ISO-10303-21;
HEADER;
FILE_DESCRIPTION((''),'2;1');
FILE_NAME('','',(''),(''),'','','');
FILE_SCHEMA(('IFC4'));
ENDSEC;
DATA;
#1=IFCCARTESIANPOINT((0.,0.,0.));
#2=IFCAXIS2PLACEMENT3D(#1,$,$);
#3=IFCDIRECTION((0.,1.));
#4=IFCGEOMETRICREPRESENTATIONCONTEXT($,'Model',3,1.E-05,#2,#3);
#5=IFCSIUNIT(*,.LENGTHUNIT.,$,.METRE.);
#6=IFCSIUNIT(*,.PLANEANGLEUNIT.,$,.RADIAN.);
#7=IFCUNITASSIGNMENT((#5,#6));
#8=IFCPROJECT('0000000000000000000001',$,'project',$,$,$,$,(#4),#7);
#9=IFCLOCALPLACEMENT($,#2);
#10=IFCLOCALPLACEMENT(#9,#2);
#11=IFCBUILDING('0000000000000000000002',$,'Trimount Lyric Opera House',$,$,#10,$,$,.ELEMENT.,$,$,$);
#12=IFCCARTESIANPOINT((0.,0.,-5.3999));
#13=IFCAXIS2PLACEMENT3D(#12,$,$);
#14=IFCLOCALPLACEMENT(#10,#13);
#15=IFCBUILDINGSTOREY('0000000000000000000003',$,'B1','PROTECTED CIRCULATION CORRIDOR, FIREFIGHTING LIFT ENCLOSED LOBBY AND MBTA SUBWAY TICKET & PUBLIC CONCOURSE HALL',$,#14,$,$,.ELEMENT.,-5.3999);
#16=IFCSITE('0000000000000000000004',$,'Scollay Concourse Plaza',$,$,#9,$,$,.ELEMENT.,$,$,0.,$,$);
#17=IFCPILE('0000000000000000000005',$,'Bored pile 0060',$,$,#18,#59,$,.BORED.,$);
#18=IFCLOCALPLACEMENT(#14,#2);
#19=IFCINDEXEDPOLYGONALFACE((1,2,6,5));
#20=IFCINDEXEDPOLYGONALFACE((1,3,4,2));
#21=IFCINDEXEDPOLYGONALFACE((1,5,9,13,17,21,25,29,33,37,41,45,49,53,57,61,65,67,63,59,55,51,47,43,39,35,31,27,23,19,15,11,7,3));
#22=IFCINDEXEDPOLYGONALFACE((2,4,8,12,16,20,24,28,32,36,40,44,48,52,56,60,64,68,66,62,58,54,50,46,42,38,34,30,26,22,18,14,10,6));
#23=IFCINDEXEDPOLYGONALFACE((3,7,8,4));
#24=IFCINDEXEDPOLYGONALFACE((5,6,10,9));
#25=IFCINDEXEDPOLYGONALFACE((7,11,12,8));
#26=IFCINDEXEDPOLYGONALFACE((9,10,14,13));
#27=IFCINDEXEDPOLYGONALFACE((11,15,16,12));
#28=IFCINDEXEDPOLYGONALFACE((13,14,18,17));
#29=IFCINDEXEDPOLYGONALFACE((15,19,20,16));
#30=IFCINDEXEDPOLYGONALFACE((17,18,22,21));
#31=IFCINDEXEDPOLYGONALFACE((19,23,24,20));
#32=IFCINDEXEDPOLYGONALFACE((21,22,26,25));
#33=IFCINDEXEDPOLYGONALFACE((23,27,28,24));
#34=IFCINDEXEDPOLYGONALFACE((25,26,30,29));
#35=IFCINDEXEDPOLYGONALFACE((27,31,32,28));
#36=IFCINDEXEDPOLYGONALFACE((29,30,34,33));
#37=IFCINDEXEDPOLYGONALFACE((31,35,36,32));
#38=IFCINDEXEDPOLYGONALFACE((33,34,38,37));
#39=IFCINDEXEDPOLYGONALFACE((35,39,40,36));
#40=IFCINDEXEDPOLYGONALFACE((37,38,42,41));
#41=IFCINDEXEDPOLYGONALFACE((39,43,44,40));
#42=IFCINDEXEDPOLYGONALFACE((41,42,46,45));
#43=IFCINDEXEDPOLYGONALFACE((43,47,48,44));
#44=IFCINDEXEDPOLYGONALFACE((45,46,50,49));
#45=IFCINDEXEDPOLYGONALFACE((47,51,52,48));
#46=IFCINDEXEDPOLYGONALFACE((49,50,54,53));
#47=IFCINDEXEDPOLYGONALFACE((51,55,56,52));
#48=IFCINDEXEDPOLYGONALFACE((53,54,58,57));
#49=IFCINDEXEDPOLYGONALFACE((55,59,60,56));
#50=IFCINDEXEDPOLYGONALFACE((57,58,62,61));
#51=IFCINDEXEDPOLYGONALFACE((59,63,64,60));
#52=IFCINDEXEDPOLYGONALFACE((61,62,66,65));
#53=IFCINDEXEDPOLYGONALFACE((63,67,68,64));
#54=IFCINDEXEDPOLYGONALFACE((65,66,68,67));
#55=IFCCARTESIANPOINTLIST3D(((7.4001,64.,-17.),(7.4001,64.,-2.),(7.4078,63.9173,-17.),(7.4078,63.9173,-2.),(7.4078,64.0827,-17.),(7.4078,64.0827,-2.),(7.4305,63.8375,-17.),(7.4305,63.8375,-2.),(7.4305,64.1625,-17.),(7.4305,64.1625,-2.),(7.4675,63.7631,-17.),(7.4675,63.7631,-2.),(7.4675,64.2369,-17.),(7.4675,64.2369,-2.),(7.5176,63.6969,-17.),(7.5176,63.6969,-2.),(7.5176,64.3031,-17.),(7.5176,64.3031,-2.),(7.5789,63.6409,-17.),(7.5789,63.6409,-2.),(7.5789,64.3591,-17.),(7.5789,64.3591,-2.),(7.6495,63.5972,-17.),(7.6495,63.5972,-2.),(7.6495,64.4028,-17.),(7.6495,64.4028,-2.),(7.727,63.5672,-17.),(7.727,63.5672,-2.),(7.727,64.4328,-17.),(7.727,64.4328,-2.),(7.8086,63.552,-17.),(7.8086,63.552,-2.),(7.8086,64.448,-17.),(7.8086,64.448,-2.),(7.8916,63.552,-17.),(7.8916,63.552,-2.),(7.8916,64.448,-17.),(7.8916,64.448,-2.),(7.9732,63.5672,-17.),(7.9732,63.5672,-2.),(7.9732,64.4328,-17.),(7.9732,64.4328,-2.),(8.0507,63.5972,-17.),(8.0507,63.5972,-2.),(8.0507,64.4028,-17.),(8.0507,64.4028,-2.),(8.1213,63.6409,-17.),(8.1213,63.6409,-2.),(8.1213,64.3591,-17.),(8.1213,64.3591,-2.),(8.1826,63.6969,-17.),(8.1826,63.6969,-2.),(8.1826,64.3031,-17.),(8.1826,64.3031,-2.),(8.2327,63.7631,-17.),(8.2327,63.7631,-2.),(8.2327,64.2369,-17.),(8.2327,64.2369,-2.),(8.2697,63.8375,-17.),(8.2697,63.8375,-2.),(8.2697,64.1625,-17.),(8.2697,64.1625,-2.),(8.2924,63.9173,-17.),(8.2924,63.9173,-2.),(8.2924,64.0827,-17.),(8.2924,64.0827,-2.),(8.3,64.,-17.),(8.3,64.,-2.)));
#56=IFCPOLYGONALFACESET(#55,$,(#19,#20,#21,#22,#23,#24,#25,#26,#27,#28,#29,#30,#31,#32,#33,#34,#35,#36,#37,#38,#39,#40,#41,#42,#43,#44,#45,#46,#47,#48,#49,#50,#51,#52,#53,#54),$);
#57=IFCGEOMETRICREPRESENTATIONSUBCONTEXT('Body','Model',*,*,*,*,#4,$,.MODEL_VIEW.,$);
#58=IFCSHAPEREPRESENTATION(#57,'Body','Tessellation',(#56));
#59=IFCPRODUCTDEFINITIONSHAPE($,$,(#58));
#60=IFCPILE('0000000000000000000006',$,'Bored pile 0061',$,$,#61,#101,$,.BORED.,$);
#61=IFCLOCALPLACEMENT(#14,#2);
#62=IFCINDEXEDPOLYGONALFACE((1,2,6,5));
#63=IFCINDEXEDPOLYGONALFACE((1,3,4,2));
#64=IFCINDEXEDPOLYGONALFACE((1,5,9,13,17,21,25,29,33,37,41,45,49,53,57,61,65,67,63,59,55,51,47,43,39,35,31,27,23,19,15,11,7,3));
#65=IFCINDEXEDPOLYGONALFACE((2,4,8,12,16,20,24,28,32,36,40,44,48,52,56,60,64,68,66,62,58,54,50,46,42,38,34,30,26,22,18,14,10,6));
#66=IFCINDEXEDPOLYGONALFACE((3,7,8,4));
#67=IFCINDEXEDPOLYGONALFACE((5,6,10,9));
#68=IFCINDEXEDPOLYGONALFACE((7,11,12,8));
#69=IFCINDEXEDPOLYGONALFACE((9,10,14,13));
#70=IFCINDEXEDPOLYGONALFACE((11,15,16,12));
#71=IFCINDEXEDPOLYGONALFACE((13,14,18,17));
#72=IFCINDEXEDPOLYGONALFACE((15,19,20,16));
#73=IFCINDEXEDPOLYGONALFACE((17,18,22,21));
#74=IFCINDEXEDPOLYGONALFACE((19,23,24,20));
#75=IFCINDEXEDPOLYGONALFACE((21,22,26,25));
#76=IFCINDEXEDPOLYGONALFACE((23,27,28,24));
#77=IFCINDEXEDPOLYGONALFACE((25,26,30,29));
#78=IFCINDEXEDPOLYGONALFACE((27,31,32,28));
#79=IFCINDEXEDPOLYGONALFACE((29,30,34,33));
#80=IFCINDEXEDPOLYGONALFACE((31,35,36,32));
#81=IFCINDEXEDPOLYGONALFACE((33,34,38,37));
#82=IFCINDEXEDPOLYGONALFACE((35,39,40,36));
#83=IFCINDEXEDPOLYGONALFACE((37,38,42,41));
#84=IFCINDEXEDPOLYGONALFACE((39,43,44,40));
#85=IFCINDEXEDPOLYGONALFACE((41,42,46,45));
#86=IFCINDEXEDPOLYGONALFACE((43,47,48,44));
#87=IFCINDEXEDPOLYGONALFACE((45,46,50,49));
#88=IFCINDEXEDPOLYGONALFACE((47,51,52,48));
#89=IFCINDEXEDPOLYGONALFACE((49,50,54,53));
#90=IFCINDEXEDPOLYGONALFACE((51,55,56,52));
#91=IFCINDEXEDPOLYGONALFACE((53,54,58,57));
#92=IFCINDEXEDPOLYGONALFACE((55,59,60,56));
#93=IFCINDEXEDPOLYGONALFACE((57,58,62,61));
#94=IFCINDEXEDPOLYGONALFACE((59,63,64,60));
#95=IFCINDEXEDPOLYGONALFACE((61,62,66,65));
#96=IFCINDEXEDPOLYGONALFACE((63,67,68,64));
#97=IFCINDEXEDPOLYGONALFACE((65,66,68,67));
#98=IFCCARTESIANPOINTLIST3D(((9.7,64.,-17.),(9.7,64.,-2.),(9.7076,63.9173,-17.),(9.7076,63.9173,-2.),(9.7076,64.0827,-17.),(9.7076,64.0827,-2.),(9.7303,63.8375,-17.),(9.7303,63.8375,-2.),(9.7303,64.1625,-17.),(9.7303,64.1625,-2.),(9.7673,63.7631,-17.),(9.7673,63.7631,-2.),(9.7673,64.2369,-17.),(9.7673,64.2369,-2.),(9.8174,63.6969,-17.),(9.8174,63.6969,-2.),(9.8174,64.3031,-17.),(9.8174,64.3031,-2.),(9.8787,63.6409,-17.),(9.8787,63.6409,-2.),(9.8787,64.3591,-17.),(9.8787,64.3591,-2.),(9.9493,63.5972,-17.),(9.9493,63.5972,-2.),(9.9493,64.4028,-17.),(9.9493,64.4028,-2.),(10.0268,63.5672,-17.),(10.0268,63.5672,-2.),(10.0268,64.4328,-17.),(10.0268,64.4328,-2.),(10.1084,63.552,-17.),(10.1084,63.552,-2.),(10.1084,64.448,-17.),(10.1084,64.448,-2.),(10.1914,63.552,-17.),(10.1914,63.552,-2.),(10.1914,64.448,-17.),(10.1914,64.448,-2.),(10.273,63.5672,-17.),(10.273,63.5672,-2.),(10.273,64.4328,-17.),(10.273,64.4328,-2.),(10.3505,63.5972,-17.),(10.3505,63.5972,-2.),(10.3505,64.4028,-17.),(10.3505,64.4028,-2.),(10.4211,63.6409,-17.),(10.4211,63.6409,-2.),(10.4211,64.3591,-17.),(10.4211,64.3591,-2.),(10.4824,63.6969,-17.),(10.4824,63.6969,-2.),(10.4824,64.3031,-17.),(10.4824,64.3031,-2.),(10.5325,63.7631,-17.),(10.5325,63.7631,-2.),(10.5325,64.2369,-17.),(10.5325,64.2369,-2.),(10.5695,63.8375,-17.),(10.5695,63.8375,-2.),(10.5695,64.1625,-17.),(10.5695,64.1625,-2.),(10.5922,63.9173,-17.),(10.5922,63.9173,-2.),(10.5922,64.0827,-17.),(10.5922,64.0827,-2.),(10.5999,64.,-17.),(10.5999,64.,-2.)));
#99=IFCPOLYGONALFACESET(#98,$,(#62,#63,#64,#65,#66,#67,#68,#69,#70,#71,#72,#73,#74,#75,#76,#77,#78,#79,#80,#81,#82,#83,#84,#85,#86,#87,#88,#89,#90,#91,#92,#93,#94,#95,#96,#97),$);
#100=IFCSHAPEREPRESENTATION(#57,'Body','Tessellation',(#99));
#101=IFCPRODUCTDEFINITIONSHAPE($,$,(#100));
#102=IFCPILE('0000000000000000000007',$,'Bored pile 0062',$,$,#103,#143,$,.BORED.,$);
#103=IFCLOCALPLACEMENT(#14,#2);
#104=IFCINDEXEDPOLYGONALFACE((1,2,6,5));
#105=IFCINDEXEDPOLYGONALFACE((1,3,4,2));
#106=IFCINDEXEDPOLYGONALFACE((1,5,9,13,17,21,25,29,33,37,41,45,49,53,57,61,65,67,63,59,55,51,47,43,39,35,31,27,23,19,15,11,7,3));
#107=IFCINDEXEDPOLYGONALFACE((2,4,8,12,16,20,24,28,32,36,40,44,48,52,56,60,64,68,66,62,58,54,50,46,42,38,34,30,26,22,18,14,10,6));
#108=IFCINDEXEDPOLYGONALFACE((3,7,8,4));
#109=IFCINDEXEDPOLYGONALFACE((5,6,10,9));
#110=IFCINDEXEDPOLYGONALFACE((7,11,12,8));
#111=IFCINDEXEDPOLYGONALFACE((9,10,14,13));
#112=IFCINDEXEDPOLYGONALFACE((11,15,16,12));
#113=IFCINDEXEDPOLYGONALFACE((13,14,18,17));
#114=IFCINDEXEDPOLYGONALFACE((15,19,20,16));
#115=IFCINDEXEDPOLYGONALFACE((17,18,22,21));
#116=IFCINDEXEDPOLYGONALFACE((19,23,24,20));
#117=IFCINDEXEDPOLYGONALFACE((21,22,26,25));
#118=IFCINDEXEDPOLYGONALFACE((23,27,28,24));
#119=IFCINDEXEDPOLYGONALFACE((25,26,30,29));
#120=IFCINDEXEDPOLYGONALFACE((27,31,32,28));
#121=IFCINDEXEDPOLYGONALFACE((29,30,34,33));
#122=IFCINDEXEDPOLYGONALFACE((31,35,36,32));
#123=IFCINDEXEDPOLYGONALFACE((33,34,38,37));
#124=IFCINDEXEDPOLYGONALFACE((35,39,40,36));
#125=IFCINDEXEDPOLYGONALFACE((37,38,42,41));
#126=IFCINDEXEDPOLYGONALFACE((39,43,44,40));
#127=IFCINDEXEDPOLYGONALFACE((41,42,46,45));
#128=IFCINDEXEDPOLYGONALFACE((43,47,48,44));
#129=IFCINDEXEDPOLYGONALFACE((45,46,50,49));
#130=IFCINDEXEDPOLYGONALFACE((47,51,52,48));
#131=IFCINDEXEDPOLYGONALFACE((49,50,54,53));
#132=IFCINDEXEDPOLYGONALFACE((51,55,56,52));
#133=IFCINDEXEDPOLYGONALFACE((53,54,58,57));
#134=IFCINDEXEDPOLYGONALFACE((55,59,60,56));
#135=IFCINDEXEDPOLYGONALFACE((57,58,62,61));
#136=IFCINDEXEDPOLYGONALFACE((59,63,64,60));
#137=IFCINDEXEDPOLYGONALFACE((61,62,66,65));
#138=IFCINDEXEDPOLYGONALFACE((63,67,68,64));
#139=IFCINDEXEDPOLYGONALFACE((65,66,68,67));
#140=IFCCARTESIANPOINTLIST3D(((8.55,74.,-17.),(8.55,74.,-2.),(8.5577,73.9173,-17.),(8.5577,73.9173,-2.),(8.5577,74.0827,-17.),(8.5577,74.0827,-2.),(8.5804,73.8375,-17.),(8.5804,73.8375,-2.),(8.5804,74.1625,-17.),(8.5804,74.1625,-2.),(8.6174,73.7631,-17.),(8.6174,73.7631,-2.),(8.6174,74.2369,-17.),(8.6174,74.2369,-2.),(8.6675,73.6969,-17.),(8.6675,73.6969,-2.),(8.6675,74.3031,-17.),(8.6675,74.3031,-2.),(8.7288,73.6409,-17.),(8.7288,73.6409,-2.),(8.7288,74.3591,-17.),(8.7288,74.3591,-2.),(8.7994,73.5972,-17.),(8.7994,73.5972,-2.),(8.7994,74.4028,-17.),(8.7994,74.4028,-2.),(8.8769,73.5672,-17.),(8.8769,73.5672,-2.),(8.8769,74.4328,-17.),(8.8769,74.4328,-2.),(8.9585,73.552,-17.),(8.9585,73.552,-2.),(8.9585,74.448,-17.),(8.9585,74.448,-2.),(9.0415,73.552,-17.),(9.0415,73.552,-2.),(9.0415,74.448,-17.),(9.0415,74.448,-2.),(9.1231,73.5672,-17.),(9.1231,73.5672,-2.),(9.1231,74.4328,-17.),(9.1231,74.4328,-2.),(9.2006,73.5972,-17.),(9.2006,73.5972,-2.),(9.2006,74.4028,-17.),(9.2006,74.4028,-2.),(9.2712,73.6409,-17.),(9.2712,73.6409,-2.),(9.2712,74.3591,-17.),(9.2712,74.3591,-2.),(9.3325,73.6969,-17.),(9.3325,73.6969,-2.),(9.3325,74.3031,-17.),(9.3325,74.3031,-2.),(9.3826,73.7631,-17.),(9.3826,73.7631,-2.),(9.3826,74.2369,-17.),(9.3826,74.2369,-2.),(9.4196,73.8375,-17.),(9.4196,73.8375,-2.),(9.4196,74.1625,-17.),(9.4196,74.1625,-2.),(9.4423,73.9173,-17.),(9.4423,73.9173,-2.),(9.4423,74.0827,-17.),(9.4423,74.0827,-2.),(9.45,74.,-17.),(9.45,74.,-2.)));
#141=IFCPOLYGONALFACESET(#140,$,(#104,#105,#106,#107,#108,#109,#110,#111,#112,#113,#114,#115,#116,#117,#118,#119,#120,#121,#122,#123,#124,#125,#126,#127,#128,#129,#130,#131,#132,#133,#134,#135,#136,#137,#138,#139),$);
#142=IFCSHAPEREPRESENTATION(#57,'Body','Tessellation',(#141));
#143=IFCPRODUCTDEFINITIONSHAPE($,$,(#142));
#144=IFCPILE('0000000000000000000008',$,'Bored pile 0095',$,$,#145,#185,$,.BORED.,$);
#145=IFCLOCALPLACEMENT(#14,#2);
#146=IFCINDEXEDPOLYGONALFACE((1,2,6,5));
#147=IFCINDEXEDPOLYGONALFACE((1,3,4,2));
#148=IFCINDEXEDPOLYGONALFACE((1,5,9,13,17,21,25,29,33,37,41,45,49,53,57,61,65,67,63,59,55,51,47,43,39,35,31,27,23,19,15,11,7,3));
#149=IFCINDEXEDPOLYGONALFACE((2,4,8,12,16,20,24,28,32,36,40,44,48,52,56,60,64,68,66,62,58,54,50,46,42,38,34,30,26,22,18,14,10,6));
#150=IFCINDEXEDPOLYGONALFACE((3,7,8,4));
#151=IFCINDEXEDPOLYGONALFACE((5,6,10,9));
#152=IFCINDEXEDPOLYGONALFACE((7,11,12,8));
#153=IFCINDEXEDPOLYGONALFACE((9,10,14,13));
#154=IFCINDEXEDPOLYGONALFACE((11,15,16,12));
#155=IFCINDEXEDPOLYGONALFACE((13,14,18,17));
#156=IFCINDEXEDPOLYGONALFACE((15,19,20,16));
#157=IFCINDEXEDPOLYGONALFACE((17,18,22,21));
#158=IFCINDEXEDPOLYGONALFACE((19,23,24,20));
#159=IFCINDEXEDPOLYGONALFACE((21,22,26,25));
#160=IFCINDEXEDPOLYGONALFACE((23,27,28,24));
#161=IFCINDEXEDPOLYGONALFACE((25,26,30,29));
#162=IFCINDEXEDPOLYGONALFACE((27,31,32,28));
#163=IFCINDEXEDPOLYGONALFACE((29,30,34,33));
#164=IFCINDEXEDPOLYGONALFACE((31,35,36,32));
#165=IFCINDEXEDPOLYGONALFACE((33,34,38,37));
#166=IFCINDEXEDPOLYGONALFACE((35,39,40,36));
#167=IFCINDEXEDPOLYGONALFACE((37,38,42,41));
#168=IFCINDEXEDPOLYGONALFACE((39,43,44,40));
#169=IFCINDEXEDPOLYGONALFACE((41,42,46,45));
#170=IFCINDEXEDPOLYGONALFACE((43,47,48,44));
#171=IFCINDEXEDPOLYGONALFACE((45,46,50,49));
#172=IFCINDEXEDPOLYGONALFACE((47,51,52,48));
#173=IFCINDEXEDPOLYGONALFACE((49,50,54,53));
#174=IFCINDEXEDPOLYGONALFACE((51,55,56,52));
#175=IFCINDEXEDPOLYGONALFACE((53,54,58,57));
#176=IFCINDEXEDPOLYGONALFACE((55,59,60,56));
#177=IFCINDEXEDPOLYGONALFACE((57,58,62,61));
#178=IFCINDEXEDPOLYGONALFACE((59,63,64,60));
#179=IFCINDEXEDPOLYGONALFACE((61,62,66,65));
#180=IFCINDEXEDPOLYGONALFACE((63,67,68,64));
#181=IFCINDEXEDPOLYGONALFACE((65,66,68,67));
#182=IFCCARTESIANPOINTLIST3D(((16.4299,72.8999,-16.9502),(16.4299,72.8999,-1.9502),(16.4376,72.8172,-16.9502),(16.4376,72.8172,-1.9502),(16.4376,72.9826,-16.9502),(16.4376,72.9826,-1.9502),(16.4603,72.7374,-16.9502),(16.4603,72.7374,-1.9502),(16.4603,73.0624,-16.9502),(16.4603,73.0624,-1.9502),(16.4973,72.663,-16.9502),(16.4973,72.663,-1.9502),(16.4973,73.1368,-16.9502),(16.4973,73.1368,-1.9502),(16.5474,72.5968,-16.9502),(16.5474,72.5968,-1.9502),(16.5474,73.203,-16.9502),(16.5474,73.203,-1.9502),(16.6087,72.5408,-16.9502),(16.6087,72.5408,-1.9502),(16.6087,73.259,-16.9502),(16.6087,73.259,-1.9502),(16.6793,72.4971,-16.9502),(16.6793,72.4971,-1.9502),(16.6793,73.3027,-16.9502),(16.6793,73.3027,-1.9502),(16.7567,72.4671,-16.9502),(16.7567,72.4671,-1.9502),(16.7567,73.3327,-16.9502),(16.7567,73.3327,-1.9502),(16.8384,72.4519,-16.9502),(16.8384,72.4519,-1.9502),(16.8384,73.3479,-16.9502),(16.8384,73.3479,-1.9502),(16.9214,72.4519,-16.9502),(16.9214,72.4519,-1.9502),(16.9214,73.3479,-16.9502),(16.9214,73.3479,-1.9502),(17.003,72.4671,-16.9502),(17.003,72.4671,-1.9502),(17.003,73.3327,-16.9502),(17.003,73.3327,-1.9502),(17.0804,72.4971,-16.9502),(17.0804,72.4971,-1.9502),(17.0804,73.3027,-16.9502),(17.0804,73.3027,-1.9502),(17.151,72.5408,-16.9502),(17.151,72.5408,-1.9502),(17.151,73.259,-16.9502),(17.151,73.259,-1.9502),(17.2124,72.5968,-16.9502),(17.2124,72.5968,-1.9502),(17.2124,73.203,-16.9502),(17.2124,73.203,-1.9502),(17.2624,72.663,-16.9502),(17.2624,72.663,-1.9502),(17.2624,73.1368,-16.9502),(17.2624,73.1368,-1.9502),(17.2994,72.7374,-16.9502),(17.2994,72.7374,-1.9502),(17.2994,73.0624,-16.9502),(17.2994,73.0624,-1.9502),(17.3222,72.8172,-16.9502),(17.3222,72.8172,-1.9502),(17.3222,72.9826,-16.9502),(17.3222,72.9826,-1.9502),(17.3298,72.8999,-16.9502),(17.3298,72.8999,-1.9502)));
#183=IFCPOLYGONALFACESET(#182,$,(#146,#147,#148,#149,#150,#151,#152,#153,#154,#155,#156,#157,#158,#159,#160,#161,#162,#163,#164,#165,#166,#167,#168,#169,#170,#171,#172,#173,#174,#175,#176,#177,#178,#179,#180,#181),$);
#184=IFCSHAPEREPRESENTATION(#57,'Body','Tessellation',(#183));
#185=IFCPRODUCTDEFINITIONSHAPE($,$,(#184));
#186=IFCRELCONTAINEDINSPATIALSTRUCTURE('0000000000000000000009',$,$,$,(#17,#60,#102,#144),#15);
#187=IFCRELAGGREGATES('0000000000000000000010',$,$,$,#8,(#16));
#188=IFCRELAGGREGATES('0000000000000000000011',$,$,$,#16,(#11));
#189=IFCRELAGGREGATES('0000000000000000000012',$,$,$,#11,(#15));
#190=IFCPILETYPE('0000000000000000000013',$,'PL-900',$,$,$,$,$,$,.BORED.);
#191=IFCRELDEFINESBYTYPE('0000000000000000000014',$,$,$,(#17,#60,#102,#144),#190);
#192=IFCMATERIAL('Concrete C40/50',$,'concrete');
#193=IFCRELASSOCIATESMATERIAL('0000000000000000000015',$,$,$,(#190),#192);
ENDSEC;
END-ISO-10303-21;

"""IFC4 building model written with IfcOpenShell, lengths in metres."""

from ifc_helpers import new_model, si_unit, direction, frame, origin, origin_2d, place, context, subcontext, project, spatial, circle, extrude, material, material_profile, profile_set, type_object, element, save


model = new_model("IFC4")

# Units and contexts
model_context = context("Model", 3, precision=1e-05, world=origin(), true_north=direction((0.0, 1.0)))
body_context = subcontext(model_context, "Body", "Model", "MODEL_VIEW")
ifc_project = project(units=[si_unit("LENGTHUNIT", "METRE"), si_unit("PLANEANGLEUNIT", "RADIAN")], contexts=[model_context])

# Site, building, storey
site_placement = place(None, origin())
site = spatial("IfcSite", under=ifc_project, at=site_placement, Name="Scollay Concourse Plaza", CompositionType="ELEMENT", RefElevation=0.0)
building_placement = place(site_placement, origin())
building = spatial("IfcBuilding", under=site, at=building_placement, Name="Trimount Lyric Opera House", CompositionType="ELEMENT")
storey_placement = place(building_placement, frame((0.0, 0.0, -5.3999)))
storey = spatial("IfcBuildingStorey", under=building, at=storey_placement, Name="B1", Description="PROTECTED CIRCULATION CORRIDOR, FIREFIGHTING LIFT ENCLOSED LOBBY AND MBTA SUBWAY TICKET & PUBLIC CONCOURSE HALL", CompositionType="ELEMENT", Elevation=-5.3999)

# Piles
ifc_material_1 = material(Name="Concrete C40/50", Category="concrete")
ifc_material_profile_1 = material_profile(ifc_material_1, circle(Radius=0.45, at=origin_2d()), Name="PILE-D900")
ifc_profile_set_1 = profile_set([ifc_material_profile_1], Name="Concrete C40/50")
pile_type_1 = type_object("IfcPileType", Name="PL-900", PredefinedType="BORED", material=ifc_profile_set_1)
for number, where, z_axis, x_axis, name in (
    (1, (7.8501, 64.0, -2.0), (0.0, 0.0, -1.0), (1.0, 0.0, 0.0), "Bored pile 0060"),
    (2, (10.1499, 64.0, -2.0), (0.0, 0.0, -1.0), (1.0, 0.0, 0.0), "Bored pile 0061"),
    (3, (9.0, 74.0, -2.0), (0.0, 0.0, -1.0), (1.0, 0.0, 0.0), "Bored pile 0062"),
    (4, (16.8799, 72.8999, -1.9502), (0.0, 0.0, -1.0), (1.0, 0.0, 0.0), "Bored pile 0095"),
):
    element("IfcPile", number, at=place(storey_placement, frame(where, z_axis=z_axis, x_axis=x_axis)), inside=storey, type_object=pile_type_1, Name=name, PredefinedType="BORED", context=body_context, shape_type="SweptSolid", body=[
        extrude(circle(Radius=0.45, at=origin_2d()), origin(), (0.0, 0.0, 1.0), 15.0),
    ])

save(model, "model.ifc")
